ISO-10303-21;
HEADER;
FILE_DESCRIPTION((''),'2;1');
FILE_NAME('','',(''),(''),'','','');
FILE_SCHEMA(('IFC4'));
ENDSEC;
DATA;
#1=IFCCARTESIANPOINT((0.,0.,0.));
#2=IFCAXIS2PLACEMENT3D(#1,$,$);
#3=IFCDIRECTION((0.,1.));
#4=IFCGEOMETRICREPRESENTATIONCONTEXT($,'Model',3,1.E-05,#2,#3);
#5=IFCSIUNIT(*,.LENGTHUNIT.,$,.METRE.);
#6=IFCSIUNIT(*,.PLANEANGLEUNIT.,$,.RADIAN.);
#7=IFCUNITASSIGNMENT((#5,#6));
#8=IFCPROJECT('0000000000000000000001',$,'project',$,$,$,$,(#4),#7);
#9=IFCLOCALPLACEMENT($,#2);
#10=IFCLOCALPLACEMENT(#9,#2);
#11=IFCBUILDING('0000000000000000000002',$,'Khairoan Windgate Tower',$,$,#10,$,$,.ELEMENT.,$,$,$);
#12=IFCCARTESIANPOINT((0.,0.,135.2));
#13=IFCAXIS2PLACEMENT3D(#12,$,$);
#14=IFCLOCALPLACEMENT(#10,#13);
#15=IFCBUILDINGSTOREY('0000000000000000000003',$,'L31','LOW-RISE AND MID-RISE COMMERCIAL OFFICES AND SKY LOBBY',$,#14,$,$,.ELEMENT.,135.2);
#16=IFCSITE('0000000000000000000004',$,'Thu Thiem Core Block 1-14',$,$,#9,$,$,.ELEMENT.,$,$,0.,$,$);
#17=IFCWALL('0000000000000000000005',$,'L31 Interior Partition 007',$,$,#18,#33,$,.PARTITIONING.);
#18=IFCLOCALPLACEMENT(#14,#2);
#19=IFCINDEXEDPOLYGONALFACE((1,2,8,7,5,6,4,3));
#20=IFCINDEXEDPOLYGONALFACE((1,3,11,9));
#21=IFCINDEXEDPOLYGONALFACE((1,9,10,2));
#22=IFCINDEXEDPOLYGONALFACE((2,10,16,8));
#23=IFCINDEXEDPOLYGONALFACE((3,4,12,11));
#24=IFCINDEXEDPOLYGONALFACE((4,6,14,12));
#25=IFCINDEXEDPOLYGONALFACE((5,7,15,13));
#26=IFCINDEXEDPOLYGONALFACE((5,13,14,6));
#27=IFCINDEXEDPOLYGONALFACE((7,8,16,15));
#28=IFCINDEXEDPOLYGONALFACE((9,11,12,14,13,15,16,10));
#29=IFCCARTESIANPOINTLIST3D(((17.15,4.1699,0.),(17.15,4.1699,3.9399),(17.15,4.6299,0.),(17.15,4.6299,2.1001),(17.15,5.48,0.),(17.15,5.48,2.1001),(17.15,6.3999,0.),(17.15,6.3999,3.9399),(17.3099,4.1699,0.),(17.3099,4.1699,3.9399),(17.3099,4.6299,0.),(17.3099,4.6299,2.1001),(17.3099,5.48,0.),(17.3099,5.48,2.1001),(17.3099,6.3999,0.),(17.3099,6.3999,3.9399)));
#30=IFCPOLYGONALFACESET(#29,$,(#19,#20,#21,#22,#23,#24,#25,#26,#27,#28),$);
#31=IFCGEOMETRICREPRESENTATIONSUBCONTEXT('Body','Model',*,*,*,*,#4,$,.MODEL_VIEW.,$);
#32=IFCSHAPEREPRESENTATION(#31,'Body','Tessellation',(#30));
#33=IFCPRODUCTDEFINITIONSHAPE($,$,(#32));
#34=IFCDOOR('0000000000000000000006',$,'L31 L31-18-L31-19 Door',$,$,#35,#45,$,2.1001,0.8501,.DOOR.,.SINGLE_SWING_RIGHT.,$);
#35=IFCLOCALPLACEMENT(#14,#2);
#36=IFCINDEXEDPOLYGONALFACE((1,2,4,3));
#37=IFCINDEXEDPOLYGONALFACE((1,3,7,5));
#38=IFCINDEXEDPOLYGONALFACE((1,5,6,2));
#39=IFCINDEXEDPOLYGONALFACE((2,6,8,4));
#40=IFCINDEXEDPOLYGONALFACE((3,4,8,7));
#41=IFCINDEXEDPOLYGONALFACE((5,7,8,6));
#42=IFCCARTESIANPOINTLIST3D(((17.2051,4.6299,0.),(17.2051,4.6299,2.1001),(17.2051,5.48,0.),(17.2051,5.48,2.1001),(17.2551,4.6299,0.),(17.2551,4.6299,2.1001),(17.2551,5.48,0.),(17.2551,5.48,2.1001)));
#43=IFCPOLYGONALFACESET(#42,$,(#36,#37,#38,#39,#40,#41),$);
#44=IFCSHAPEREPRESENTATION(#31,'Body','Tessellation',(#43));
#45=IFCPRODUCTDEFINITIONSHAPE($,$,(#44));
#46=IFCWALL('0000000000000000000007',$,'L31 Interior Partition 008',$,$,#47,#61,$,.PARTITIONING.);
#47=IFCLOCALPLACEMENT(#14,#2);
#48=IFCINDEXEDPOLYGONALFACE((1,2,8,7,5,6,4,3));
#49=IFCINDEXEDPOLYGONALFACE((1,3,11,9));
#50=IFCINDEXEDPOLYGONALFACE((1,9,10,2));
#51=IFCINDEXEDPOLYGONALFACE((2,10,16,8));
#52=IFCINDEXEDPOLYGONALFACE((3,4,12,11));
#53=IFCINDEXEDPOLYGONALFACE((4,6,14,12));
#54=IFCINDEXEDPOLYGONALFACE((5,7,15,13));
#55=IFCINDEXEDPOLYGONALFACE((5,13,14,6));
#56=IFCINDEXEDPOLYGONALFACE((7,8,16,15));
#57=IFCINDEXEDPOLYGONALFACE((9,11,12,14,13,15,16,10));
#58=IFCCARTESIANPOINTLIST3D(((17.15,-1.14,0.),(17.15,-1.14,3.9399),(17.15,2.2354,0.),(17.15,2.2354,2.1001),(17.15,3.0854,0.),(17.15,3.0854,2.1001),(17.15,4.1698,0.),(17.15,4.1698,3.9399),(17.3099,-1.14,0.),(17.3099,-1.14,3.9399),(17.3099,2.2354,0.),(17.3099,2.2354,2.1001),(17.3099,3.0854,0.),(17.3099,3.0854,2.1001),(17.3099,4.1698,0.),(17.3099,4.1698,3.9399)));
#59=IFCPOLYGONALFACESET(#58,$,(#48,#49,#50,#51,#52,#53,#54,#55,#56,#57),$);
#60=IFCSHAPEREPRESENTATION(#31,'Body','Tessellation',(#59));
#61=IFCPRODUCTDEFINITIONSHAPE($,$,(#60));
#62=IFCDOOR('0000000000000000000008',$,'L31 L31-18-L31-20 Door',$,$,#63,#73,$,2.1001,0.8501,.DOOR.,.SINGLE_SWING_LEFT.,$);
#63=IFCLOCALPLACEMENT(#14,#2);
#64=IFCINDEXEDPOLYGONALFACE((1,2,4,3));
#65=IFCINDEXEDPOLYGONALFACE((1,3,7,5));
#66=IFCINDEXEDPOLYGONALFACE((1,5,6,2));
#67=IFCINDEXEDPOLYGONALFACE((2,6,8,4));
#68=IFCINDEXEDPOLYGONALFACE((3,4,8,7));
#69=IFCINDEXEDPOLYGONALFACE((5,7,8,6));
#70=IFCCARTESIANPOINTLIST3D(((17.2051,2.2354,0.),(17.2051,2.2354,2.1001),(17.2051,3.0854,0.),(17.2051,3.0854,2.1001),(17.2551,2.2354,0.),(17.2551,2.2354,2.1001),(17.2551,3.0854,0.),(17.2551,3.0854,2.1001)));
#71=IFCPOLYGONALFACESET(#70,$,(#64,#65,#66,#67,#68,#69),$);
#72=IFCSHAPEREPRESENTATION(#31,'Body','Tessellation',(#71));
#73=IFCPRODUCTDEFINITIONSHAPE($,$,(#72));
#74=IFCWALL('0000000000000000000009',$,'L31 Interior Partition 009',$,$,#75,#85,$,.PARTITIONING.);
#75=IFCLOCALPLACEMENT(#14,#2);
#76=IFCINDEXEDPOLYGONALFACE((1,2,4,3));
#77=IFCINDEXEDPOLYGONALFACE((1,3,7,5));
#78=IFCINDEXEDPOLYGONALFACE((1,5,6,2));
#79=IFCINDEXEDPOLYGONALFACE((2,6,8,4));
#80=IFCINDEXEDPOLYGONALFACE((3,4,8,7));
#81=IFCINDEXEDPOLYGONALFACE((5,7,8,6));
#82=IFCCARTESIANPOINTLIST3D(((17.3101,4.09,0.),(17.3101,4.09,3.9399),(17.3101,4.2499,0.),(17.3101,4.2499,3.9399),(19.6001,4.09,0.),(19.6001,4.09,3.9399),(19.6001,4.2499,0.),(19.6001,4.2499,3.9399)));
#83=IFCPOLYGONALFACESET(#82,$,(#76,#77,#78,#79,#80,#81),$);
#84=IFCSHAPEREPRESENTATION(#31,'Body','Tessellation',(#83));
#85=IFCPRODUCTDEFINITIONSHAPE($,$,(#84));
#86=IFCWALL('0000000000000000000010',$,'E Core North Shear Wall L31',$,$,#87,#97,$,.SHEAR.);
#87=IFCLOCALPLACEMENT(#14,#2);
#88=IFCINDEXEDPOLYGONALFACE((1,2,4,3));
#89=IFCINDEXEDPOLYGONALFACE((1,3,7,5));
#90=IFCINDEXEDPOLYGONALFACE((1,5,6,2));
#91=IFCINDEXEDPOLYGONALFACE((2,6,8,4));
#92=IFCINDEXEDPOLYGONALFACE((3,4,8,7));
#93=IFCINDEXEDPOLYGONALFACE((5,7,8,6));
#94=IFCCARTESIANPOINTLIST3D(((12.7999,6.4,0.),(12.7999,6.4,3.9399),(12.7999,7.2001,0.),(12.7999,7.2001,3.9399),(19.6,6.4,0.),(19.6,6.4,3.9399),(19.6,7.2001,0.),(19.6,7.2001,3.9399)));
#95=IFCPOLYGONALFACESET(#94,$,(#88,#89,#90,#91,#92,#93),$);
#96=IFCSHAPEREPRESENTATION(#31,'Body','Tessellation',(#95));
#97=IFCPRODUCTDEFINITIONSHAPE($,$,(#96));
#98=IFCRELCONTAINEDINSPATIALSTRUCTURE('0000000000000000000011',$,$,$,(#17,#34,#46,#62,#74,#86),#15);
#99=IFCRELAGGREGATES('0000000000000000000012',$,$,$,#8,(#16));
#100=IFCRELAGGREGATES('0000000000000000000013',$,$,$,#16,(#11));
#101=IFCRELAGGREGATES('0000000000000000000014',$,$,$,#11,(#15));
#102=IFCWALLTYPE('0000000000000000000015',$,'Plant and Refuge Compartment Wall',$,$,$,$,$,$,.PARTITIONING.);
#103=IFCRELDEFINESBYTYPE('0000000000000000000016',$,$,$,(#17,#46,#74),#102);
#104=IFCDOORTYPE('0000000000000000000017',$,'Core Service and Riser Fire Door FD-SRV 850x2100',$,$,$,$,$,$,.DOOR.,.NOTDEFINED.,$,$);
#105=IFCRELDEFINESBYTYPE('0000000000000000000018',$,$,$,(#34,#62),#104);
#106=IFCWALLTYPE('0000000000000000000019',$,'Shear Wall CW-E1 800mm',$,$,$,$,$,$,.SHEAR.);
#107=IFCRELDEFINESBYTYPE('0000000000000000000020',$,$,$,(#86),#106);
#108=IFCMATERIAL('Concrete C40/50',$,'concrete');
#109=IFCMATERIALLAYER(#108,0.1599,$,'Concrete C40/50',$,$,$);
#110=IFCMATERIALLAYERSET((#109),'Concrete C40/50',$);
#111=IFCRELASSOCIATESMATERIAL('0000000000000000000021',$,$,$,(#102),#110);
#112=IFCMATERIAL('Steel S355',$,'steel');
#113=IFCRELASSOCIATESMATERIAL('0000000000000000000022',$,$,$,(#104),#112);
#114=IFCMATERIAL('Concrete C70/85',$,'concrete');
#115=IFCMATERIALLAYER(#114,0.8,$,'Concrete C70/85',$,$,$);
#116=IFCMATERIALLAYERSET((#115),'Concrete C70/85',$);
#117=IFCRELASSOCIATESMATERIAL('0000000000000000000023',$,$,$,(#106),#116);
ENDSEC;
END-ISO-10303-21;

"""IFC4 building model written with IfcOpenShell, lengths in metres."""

from ifc_helpers import new_model, si_unit, direction, frame, frame_2d, origin, place, context, subcontext, project, spatial, rectangle, extrude, material, layer, layer_set, type_object, element, fill, save


model = new_model("IFC4")

# Units and contexts
model_context = context("Model", 3, precision=1e-05, world=origin(), true_north=direction((0.0, 1.0)))
body_context = subcontext(model_context, "Body", "Model", "MODEL_VIEW")
ifc_project = project(units=[si_unit("LENGTHUNIT", "METRE"), si_unit("PLANEANGLEUNIT", "RADIAN")], contexts=[model_context])

# Site, building, storey
site_placement = place(None, origin())
site = spatial("IfcSite", under=ifc_project, at=site_placement, Name="Thu Thiem Core Block 1-14", CompositionType="ELEMENT", RefElevation=0.0)
building_placement = place(site_placement, origin())
building = spatial("IfcBuilding", under=site, at=building_placement, Name="Khairoan Windgate Tower", CompositionType="ELEMENT")
storey_placement = place(building_placement, frame((0.0, 0.0, 135.2)))
storey = spatial("IfcBuildingStorey", under=building, at=storey_placement, Name="L31", Description="LOW-RISE AND MID-RISE COMMERCIAL OFFICES AND SKY LOBBY", CompositionType="ELEMENT", Elevation=135.2)

# Walls, openings, doors
ifc_material_1 = material(Name="Concrete C40/50", Category="concrete")
ifc_layer_1 = layer(ifc_material_1, 0.1599, Name="Concrete C40/50")
ifc_layer_set_1 = layer_set([ifc_layer_1], Name="Concrete C40/50")
wall_type_1 = type_object("IfcWallType", Name="Plant and Refuge Compartment Wall", PredefinedType="PARTITIONING", material=ifc_layer_set_1)
wall_1_placement = place(storey_placement, frame((17.23, 4.1699, 0.0), z_axis=(0.0, 0.0, 1.0), x_axis=(0.0, 1.0, 0.0)))
wall_1 = element("IfcWall", 1, at=wall_1_placement, inside=storey, type_object=wall_type_1, Name="L31 Interior Partition 007", PredefinedType="PARTITIONING", context=body_context, shape_type="SweptSolid", body=[
    extrude(rectangle(XDim=2.23, YDim=0.1599, at=frame_2d((1.115, 0.0))), origin(), (0.0, 0.0, 1.0), 3.9399),
])
opening_1_placement = place(wall_1_placement, frame((0.46, 0.0, 0.0)))
opening_1 = element("IfcOpeningElement", 2, at=opening_1_placement, cuts=wall_1, PredefinedType="OPENING", context=body_context, shape_type="SweptSolid", body=[
    extrude(rectangle(XDim=0.8501, YDim=2.1001, at=frame_2d((0.425, 1.05))), frame((0.0, 0.0898, 0.0), z_axis=(0.0, -1.0, 0.0), x_axis=(1.0, 0.0, 0.0)), (0.0, 0.0, 1.0), 0.1799),
])
ifc_material_2 = material(Name="Steel S355", Category="steel")
door_type = type_object("IfcDoorType", Name="Core Service and Riser Fire Door FD-SRV 850x2100", OperationType="NOTDEFINED", PredefinedType="DOOR", material=ifc_material_2)
door_1_placement = place(opening_1_placement, origin())
door_1 = element("IfcDoor", 3, at=door_1_placement, inside=storey, type_object=door_type, Name="L31 L31-18-L31-19 Door", OperationType="SINGLE_SWING_RIGHT", OverallHeight=2.1001, OverallWidth=0.8501, PredefinedType="DOOR", context=body_context, shape_type="SweptSolid", body=[
    extrude(rectangle(XDim=0.8501, YDim=2.1001, at=frame_2d((0.425, 1.05))), frame((0.0, 0.0249, 0.0), z_axis=(0.0, -1.0, 0.0), x_axis=(1.0, 0.0, 0.0)), (0.0, 0.0, 1.0), 0.05),
])
fill(opening_1, door_1)
wall_2_placement = place(storey_placement, frame((17.23, -1.1399, 0.0), z_axis=(0.0, 0.0, 1.0), x_axis=(0.0, 1.0, 0.0)))
wall_2 = element("IfcWall", 4, at=wall_2_placement, inside=storey, type_object=wall_type_1, Name="L31 Interior Partition 008", PredefinedType="PARTITIONING", context=body_context, shape_type="SweptSolid", body=[
    extrude(rectangle(XDim=5.3098, YDim=0.1599, at=frame_2d((2.6548, 0.0))), origin(), (0.0, 0.0, 1.0), 3.9399),
])
opening_2_placement = place(wall_2_placement, frame((3.3752, 0.0, 0.0)))
opening_2 = element("IfcOpeningElement", 5, at=opening_2_placement, cuts=wall_2, PredefinedType="OPENING", context=body_context, shape_type="SweptSolid", body=[
    extrude(rectangle(XDim=0.8501, YDim=2.1001, at=frame_2d((0.425, 1.05))), frame((0.0, 0.0898, 0.0), z_axis=(0.0, -1.0, 0.0), x_axis=(1.0, 0.0, 0.0)), (0.0, 0.0, 1.0), 0.1799),
])
door_2_placement = place(opening_2_placement, origin())
door_2 = element("IfcDoor", 6, at=door_2_placement, inside=storey, type_object=door_type, Name="L31 L31-18-L31-20 Door", OperationType="SINGLE_SWING_LEFT", OverallHeight=2.1001, OverallWidth=0.8501, PredefinedType="DOOR", context=body_context, shape_type="SweptSolid", body=[
    extrude(rectangle(XDim=0.8501, YDim=2.1001, at=frame_2d((0.425, 1.05))), frame((0.0, 0.0249, 0.0), z_axis=(0.0, -1.0, 0.0), x_axis=(1.0, 0.0, 0.0)), (0.0, 0.0, 1.0), 0.05),
])
fill(opening_2, door_2)

# Walls
wall_3_placement = place(storey_placement, frame((17.3101, 4.1699, 0.0), z_axis=(0.0, 0.0, 1.0), x_axis=(1.0, 0.0, 0.0)))
element("IfcWall", 7, at=wall_3_placement, inside=storey, type_object=wall_type_1, Name="L31 Interior Partition 009", PredefinedType="PARTITIONING", context=body_context, shape_type="SweptSolid", body=[
    extrude(rectangle(XDim=2.29, YDim=0.1599, at=frame_2d((1.145, 0.0))), origin(), (0.0, 0.0, 1.0), 3.9399),
])
ifc_material_3 = material(Name="Concrete C70/85", Category="concrete")
ifc_layer_2 = layer(ifc_material_3, 0.8, Name="Concrete C70/85")
ifc_layer_set_2 = layer_set([ifc_layer_2], Name="Concrete C70/85")
wall_type_2 = type_object("IfcWallType", Name="Shear Wall CW-E1 800mm", PredefinedType="SHEAR", material=ifc_layer_set_2)
wall_4_placement = place(storey_placement, frame((12.8, 6.8, 0.0), z_axis=(0.0, 0.0, 1.0), x_axis=(1.0, 0.0, 0.0)))
element("IfcWall", 8, at=wall_4_placement, inside=storey, type_object=wall_type_2, Name="E Core North Shear Wall L31", PredefinedType="SHEAR", context=body_context, shape_type="SweptSolid", body=[
    extrude(rectangle(XDim=6.8, YDim=0.8, at=frame_2d((3.3999, 0.0))), origin(), (0.0, 0.0, 1.0), 3.9399),
])

save(model, "model.ifc")
